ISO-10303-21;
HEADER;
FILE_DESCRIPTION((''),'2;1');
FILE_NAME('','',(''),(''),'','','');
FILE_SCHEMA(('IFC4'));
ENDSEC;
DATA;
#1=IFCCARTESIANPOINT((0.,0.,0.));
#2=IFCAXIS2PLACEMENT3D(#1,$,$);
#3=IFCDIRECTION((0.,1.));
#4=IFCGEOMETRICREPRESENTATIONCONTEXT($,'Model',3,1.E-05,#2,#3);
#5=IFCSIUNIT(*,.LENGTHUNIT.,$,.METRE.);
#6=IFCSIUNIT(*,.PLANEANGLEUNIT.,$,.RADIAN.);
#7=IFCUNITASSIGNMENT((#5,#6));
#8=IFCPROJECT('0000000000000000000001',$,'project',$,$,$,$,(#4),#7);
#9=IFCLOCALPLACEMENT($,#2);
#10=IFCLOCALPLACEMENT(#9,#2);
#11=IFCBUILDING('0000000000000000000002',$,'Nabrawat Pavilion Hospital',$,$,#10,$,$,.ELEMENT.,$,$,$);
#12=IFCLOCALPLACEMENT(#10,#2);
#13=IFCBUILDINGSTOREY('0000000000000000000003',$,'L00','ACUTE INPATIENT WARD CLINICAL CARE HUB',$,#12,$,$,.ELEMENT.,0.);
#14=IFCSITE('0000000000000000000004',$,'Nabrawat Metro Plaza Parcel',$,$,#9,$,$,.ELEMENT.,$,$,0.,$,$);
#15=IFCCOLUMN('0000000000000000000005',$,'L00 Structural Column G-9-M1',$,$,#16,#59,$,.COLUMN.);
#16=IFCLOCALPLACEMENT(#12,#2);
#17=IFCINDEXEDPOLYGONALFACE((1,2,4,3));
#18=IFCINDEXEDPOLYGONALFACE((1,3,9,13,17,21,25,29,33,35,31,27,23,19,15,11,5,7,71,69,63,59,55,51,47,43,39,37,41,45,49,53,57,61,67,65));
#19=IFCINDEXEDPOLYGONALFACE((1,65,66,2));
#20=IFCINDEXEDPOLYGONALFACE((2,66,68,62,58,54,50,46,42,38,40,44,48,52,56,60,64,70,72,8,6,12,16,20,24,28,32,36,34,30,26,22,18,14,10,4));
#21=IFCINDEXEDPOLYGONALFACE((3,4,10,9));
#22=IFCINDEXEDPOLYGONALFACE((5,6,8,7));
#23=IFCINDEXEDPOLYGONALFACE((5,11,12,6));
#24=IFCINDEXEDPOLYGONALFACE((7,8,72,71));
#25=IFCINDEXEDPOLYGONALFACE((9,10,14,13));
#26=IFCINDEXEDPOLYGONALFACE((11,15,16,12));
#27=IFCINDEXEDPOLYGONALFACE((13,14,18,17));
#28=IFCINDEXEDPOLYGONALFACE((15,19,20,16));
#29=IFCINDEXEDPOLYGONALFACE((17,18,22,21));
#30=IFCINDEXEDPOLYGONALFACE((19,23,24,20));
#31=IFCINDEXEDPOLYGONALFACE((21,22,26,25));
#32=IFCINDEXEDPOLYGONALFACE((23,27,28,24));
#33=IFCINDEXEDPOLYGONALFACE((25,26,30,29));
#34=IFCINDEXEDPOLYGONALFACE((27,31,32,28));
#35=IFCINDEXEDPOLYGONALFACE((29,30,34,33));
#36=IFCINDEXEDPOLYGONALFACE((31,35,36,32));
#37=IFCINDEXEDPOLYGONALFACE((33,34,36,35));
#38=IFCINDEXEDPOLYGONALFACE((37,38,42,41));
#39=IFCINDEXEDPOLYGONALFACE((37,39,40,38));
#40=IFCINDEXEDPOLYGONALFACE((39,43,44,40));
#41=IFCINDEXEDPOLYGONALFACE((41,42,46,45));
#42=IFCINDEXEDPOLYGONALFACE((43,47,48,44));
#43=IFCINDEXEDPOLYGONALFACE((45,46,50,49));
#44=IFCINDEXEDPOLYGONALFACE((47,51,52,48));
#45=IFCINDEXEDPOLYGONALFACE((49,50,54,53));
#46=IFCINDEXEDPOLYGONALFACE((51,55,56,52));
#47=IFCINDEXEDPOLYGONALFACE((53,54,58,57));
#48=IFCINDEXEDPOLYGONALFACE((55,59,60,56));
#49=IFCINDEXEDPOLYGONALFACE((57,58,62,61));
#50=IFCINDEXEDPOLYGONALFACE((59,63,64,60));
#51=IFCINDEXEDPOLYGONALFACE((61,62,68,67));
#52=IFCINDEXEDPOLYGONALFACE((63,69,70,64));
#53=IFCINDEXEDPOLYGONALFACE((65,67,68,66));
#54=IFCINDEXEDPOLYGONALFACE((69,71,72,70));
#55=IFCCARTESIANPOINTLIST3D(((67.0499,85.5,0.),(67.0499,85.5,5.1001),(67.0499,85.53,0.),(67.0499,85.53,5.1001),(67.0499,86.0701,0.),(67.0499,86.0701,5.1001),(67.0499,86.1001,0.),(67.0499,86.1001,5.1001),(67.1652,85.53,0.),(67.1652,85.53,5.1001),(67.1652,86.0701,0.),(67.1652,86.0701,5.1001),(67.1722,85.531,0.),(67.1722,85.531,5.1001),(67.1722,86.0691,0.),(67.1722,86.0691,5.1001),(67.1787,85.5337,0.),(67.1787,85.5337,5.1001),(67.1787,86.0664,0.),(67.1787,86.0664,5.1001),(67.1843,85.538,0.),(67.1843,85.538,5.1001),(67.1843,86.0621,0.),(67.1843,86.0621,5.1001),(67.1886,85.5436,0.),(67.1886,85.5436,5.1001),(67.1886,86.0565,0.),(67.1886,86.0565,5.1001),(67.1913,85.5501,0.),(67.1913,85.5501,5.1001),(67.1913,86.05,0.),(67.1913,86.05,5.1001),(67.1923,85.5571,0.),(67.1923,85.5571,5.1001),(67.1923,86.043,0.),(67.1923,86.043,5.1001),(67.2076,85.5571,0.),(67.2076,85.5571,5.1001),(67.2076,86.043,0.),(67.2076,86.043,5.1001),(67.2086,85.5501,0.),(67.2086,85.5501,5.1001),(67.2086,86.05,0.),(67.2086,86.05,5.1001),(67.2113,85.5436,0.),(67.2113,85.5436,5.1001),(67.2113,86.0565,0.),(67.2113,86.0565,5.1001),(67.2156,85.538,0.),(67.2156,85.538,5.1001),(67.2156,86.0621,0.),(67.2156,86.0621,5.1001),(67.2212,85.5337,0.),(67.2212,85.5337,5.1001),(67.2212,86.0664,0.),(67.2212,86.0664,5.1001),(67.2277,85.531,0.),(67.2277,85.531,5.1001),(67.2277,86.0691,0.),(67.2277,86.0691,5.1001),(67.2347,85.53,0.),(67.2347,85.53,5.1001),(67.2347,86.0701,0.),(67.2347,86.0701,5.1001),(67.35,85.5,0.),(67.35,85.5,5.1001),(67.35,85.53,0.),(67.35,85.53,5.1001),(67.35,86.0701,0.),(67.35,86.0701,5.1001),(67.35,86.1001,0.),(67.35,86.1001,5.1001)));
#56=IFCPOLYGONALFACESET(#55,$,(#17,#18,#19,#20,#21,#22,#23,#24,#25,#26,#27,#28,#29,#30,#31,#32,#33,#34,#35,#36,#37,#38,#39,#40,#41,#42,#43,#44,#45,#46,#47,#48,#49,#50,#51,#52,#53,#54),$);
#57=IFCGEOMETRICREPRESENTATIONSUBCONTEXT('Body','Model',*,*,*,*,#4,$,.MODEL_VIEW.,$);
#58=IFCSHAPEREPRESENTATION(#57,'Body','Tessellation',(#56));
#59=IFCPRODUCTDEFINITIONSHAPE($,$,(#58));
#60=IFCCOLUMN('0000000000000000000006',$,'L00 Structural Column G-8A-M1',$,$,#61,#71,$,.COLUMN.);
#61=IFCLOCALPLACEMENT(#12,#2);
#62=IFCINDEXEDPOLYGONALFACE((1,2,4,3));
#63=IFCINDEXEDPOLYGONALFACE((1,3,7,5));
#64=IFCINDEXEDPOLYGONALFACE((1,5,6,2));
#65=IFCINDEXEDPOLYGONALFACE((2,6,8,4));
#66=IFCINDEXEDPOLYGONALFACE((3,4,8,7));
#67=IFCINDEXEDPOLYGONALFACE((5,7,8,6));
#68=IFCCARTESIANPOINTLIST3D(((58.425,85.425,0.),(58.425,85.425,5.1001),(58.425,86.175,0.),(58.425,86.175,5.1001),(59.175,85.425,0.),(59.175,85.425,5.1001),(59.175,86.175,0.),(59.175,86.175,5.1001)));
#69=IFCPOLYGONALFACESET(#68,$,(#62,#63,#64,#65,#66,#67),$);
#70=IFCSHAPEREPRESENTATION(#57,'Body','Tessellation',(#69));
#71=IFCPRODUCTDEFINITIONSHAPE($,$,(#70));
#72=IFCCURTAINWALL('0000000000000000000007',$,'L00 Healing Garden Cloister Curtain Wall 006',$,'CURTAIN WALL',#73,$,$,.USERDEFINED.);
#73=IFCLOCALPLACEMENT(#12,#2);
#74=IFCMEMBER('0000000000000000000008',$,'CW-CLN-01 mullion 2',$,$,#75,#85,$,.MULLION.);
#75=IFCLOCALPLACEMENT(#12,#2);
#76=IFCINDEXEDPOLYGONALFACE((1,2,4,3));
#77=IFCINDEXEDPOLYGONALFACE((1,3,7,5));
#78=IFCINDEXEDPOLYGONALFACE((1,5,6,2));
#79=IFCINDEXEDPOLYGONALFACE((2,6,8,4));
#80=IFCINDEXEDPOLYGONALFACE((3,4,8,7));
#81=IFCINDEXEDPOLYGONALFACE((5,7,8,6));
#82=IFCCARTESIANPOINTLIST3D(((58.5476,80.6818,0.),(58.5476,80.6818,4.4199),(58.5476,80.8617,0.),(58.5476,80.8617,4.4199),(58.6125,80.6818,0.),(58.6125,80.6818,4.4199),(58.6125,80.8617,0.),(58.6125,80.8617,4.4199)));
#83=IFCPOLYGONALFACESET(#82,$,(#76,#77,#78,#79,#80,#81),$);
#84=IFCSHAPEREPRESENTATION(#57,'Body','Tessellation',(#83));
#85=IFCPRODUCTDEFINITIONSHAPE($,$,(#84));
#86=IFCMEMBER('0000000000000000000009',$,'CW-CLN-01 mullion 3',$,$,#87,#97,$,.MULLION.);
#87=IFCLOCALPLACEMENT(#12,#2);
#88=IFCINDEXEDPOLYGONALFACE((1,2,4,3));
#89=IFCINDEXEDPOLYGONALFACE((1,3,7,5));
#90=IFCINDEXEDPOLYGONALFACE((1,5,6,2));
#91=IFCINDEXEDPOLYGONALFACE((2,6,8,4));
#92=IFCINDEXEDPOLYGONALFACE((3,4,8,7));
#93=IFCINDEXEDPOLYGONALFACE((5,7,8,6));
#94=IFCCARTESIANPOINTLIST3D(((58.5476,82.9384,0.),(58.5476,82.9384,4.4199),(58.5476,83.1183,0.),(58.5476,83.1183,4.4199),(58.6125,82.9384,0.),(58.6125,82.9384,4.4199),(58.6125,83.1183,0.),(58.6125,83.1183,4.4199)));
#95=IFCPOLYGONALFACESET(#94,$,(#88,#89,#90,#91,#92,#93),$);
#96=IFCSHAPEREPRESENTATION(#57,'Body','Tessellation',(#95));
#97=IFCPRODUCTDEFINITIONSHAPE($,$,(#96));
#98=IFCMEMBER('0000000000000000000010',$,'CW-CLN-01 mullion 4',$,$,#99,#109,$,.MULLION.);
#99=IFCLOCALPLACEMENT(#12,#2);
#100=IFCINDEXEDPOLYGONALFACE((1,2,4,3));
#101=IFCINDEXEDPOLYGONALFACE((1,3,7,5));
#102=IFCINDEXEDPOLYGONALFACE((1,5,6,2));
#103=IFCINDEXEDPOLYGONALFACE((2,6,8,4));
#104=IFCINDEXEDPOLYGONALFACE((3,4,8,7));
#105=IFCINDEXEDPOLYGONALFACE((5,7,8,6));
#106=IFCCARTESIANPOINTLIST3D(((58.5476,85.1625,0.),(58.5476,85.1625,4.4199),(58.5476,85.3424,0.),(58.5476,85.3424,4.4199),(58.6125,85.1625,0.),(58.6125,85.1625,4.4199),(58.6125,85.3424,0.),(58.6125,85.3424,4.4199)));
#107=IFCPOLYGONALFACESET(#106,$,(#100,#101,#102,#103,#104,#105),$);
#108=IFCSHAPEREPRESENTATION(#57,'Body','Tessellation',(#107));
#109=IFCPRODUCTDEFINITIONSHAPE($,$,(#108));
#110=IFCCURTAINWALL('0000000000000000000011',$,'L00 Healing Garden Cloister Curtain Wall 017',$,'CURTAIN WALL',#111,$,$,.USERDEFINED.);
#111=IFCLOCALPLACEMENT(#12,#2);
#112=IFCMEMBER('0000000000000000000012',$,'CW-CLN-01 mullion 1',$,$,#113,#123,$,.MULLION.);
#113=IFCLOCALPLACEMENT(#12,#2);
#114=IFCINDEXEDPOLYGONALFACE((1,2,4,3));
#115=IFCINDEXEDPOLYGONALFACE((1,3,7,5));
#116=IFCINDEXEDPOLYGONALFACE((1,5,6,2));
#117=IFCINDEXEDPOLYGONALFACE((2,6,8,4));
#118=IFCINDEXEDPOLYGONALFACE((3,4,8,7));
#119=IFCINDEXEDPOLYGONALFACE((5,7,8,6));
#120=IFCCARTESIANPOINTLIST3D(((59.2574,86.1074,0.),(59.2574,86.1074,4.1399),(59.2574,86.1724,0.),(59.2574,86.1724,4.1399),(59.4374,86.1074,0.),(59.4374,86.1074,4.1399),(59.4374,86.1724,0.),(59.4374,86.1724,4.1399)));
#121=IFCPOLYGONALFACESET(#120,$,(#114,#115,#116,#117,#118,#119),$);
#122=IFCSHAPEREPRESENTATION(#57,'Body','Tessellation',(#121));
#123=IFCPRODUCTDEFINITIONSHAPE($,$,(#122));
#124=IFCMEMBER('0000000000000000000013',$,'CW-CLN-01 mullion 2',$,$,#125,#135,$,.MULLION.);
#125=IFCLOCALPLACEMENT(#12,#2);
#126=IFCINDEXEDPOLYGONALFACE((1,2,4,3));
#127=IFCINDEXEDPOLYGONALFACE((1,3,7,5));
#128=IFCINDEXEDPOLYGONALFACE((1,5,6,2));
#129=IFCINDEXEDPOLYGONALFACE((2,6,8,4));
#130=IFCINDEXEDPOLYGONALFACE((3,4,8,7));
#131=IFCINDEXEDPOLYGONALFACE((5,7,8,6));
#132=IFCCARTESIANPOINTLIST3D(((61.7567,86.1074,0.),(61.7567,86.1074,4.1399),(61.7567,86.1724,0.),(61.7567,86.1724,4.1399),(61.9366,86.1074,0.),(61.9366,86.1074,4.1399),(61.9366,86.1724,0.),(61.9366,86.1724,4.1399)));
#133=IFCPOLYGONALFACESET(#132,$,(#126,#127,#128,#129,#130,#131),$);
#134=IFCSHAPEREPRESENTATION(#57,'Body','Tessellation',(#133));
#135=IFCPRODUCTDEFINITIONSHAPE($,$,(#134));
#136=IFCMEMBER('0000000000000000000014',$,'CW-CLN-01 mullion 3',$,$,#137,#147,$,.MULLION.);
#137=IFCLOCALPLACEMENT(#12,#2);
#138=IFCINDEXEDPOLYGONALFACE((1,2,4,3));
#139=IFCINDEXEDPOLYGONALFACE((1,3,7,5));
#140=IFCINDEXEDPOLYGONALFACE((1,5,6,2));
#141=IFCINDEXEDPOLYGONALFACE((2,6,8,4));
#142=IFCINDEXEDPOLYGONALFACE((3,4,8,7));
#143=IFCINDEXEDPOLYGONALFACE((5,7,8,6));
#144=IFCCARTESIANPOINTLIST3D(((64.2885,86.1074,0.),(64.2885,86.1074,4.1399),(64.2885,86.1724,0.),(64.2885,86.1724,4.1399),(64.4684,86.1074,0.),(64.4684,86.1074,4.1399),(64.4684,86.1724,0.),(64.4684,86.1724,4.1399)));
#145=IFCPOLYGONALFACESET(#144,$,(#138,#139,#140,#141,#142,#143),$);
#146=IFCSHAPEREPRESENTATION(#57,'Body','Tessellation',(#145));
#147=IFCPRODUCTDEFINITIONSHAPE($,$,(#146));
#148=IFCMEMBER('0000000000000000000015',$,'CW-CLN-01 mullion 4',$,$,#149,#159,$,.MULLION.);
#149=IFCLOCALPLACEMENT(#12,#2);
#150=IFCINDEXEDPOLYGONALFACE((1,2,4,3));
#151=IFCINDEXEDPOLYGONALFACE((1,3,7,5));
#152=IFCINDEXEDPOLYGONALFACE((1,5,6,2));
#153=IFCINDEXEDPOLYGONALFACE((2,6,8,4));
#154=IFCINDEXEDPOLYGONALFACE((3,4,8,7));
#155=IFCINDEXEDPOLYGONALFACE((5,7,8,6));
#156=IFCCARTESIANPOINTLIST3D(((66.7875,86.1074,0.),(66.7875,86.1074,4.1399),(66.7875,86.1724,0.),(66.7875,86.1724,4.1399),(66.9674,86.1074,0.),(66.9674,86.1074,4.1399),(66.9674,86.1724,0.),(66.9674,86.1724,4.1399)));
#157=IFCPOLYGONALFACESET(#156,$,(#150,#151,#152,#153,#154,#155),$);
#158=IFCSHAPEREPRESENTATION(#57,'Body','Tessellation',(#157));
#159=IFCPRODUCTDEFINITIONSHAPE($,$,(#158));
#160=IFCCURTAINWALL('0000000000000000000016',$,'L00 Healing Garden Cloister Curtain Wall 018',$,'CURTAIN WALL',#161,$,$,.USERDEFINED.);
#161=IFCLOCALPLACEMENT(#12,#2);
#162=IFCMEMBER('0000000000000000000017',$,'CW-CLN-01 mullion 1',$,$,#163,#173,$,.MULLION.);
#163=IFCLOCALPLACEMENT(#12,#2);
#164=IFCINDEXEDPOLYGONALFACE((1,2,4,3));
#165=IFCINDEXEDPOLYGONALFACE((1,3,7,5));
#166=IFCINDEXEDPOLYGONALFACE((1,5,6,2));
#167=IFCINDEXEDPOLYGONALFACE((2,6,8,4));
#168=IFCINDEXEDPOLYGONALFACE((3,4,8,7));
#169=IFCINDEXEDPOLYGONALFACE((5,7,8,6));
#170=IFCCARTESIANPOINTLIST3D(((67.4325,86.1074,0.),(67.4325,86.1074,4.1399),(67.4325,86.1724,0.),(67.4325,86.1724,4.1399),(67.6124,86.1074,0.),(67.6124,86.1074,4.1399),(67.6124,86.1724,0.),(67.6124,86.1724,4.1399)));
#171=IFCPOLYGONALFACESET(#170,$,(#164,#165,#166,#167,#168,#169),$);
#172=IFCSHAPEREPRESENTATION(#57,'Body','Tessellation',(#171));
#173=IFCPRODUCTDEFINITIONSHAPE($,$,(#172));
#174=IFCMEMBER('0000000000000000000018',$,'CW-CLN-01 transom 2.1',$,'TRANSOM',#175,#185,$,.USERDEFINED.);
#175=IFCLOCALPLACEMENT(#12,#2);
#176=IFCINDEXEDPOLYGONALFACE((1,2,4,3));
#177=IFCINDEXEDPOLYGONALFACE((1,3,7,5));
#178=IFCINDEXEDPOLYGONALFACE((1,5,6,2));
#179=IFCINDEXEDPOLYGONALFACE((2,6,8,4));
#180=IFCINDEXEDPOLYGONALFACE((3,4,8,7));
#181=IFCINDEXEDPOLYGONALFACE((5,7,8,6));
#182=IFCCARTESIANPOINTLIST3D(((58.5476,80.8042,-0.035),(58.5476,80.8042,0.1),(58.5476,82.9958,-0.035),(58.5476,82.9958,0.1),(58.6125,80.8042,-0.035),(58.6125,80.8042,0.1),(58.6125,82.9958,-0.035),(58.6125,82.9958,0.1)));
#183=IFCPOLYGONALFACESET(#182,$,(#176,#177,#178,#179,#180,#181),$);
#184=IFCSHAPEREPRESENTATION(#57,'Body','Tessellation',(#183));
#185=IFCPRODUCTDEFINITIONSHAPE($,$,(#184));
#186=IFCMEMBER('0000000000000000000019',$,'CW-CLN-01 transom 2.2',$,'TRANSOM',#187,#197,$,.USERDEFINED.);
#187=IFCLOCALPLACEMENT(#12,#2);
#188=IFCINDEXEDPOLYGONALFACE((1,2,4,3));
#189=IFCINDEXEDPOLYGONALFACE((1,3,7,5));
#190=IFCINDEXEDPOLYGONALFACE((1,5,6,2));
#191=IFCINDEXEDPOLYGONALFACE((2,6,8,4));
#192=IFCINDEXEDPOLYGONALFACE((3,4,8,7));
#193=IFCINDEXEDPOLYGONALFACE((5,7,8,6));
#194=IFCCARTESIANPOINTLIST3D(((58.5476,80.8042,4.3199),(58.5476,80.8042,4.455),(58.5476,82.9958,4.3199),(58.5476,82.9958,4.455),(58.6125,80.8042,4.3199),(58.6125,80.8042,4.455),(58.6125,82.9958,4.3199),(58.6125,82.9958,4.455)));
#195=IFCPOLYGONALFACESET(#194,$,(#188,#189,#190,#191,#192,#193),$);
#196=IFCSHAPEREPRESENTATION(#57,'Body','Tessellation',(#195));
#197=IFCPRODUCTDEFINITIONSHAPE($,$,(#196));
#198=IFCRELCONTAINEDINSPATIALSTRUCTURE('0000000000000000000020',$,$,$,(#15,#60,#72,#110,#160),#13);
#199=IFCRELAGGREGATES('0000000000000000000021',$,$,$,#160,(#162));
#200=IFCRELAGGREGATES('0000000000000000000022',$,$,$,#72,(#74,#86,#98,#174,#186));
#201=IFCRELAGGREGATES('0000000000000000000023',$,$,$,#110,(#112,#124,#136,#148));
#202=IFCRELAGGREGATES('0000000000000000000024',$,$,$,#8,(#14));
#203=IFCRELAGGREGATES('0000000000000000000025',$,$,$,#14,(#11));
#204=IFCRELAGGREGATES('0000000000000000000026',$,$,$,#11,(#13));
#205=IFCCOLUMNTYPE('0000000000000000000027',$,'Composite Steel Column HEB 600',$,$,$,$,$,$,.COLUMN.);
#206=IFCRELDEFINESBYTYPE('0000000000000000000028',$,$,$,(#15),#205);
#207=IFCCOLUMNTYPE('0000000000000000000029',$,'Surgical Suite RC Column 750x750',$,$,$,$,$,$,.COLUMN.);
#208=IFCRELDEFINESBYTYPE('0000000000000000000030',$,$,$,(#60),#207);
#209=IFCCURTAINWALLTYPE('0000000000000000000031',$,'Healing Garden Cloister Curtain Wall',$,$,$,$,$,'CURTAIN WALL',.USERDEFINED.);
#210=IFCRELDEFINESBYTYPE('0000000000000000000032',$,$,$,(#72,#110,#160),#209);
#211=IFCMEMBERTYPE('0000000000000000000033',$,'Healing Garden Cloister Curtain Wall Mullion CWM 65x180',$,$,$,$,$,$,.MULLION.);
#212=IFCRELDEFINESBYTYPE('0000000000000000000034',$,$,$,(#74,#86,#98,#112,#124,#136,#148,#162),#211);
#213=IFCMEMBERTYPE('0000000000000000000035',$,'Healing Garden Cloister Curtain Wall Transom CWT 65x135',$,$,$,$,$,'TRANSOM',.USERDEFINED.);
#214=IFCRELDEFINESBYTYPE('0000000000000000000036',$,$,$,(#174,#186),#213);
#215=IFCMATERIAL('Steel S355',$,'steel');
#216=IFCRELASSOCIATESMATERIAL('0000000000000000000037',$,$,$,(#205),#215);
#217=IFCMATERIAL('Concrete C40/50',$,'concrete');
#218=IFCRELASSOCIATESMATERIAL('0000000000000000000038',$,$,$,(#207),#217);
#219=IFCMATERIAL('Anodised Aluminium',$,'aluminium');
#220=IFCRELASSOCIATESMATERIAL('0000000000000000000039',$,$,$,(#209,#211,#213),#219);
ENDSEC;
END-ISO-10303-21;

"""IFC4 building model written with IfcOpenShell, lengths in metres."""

from ifc_helpers import new_model, si_unit, direction, frame, origin, origin_2d, place, context, subcontext, project, spatial, rectangle, i_section, extrude, material, material_profile, profile_set, type_object, element, aggregate, save


model = new_model("IFC4")

# Units and contexts
model_context = context("Model", 3, precision=1e-05, world=origin(), true_north=direction((0.0, 1.0)))
body_context = subcontext(model_context, "Body", "Model", "MODEL_VIEW")
ifc_project = project(units=[si_unit("LENGTHUNIT", "METRE"), si_unit("PLANEANGLEUNIT", "RADIAN")], contexts=[model_context])

# Site, building, storey
site_placement = place(None, origin())
site = spatial("IfcSite", under=ifc_project, at=site_placement, Name="Nabrawat Metro Plaza Parcel", CompositionType="ELEMENT", RefElevation=0.0)
building_placement = place(site_placement, origin())
building = spatial("IfcBuilding", under=site, at=building_placement, Name="Nabrawat Pavilion Hospital", CompositionType="ELEMENT")
storey_placement = place(building_placement, origin())
storey = spatial("IfcBuildingStorey", under=building, at=storey_placement, Name="L00", Description="ACUTE INPATIENT WARD CLINICAL CARE HUB", CompositionType="ELEMENT", Elevation=0.0)

# Columns
ifc_material_1 = material(Name="Steel S355", Category="steel")
ifc_material_profile_1 = material_profile(ifc_material_1, i_section(OverallWidth=0.3, OverallDepth=0.6001, WebThickness=0.0154, FlangeThickness=0.03, FilletRadius=0.0271, at=origin_2d()), Name="HEB 600")
ifc_profile_set_1 = profile_set([ifc_material_profile_1], Name="Steel S355")
column_type_1 = type_object("IfcColumnType", Name="Composite Steel Column HEB 600", PredefinedType="COLUMN", material=ifc_profile_set_1)
column_1_placement = place(storey_placement, frame((67.2, 85.8, 0.0), z_axis=(0.0, 0.0, 1.0), x_axis=(1.0, 0.0, 0.0)))
element("IfcColumn", 1, at=column_1_placement, inside=storey, type_object=column_type_1, Name="L00 Structural Column G-9-M1", PredefinedType="COLUMN", context=body_context, shape_type="SweptSolid", body=[
    extrude(i_section(OverallWidth=0.3, OverallDepth=0.6001, WebThickness=0.0154, FlangeThickness=0.03, FilletRadius=0.0271, at=origin_2d()), origin(), (0.0, 0.0, 1.0), 5.1001),
])
ifc_material_2 = material(Name="Concrete C40/50", Category="concrete")
ifc_material_profile_2 = material_profile(ifc_material_2, rectangle(XDim=0.75, YDim=0.75, at=origin_2d()), Name="RC 750x750")
ifc_profile_set_2 = profile_set([ifc_material_profile_2], Name="Concrete C40/50")
column_type_2 = type_object("IfcColumnType", Name="Surgical Suite RC Column 750x750", PredefinedType="COLUMN", material=ifc_profile_set_2)
column_2_placement = place(storey_placement, frame((58.8, 85.8, 0.0), z_axis=(0.0, 0.0, 1.0), x_axis=(1.0, 0.0, 0.0)))
element("IfcColumn", 2, at=column_2_placement, inside=storey, type_object=column_type_2, Name="L00 Structural Column G-8A-M1", PredefinedType="COLUMN", context=body_context, shape_type="SweptSolid", body=[
    extrude(rectangle(XDim=0.75, YDim=0.75, at=origin_2d()), origin(), (0.0, 0.0, 1.0), 5.1001),
])

# Curtain walls, members
ifc_material_3 = material(Name="Anodised Aluminium", Category="aluminium")
curtain_wall_type = type_object("IfcCurtainWallType", Name="Healing Garden Cloister Curtain Wall", ElementType="CURTAIN WALL", PredefinedType="USERDEFINED", material=ifc_material_3)
curtain_wall_1_placement = place(storey_placement, origin())
curtain_wall_1 = element("IfcCurtainWall", 3, at=curtain_wall_1_placement, inside=storey, type_object=curtain_wall_type, Name="L00 Healing Garden Cloister Curtain Wall 006", ObjectType="CURTAIN WALL", PredefinedType="USERDEFINED")
ifc_material_profile_3 = material_profile(ifc_material_3, rectangle(XDim=0.0649, YDim=0.1799, at=origin_2d()), Name="CWM 65x180")
ifc_profile_set_3 = profile_set([ifc_material_profile_3], Name="Anodised Aluminium")
member_type_1 = type_object("IfcMemberType", Name="Healing Garden Cloister Curtain Wall Mullion CWM 65x180", PredefinedType="MULLION", material=ifc_profile_set_3)
member_1_placement = place(storey_placement, frame((58.5801, 80.7717, 0.0), z_axis=(0.0, 0.0, 1.0), x_axis=(-1.0, 0.0, 0.0)))
member_1 = element("IfcMember", 4, at=member_1_placement, type_object=member_type_1, Name="CW-CLN-01 mullion 2", PredefinedType="MULLION", context=body_context, shape_type="SweptSolid", body=[
    extrude(rectangle(XDim=0.0649, YDim=0.1799, at=origin_2d()), origin(), (0.0, 0.0, 1.0), 4.4199),
])
member_2_placement = place(storey_placement, frame((58.5801, 83.0283, 0.0), z_axis=(0.0, 0.0, 1.0), x_axis=(-1.0, 0.0, 0.0)))
member_2 = element("IfcMember", 5, at=member_2_placement, type_object=member_type_1, Name="CW-CLN-01 mullion 3", PredefinedType="MULLION", context=body_context, shape_type="SweptSolid", body=[
    extrude(rectangle(XDim=0.0649, YDim=0.1799, at=origin_2d()), origin(), (0.0, 0.0, 1.0), 4.4199),
])
member_3_placement = place(storey_placement, frame((58.5801, 85.2524, 0.0), z_axis=(0.0, 0.0, 1.0), x_axis=(-1.0, 0.0, 0.0)))
member_3 = element("IfcMember", 6, at=member_3_placement, type_object=member_type_1, Name="CW-CLN-01 mullion 4", PredefinedType="MULLION", context=body_context, shape_type="SweptSolid", body=[
    extrude(rectangle(XDim=0.0649, YDim=0.1799, at=origin_2d()), origin(), (0.0, 0.0, 1.0), 4.4199),
])
curtain_wall_2_placement = place(storey_placement, origin())
curtain_wall_2 = element("IfcCurtainWall", 7, at=curtain_wall_2_placement, inside=storey, type_object=curtain_wall_type, Name="L00 Healing Garden Cloister Curtain Wall 017", ObjectType="CURTAIN WALL", PredefinedType="USERDEFINED")
member_4_placement = place(storey_placement, frame((59.3474, 86.1399, 0.0), z_axis=(0.0, 0.0, 1.0), x_axis=(0.0, 1.0, 0.0)))
member_4 = element("IfcMember", 8, at=member_4_placement, type_object=member_type_1, Name="CW-CLN-01 mullion 1", PredefinedType="MULLION", context=body_context, shape_type="SweptSolid", body=[
    extrude(rectangle(XDim=0.0649, YDim=0.1799, at=origin_2d()), origin(), (0.0, 0.0, 1.0), 4.1399),
])
member_5_placement = place(storey_placement, frame((61.8467, 86.1399, 0.0), z_axis=(0.0, 0.0, 1.0), x_axis=(0.0, 1.0, 0.0)))
member_5 = element("IfcMember", 9, at=member_5_placement, type_object=member_type_1, Name="CW-CLN-01 mullion 2", PredefinedType="MULLION", context=body_context, shape_type="SweptSolid", body=[
    extrude(rectangle(XDim=0.0649, YDim=0.1799, at=origin_2d()), origin(), (0.0, 0.0, 1.0), 4.1399),
])
member_6_placement = place(storey_placement, frame((64.3784, 86.1399, 0.0), z_axis=(0.0, 0.0, 1.0), x_axis=(0.0, 1.0, 0.0)))
member_6 = element("IfcMember", 10, at=member_6_placement, type_object=member_type_1, Name="CW-CLN-01 mullion 3", PredefinedType="MULLION", context=body_context, shape_type="SweptSolid", body=[
    extrude(rectangle(XDim=0.0649, YDim=0.1799, at=origin_2d()), origin(), (0.0, 0.0, 1.0), 4.1399),
])
member_7_placement = place(storey_placement, frame((66.8774, 86.1399, 0.0), z_axis=(0.0, 0.0, 1.0), x_axis=(0.0, 1.0, 0.0)))
member_7 = element("IfcMember", 11, at=member_7_placement, type_object=member_type_1, Name="CW-CLN-01 mullion 4", PredefinedType="MULLION", context=body_context, shape_type="SweptSolid", body=[
    extrude(rectangle(XDim=0.0649, YDim=0.1799, at=origin_2d()), origin(), (0.0, 0.0, 1.0), 4.1399),
])

# Curtain wall, member
curtain_wall_3_placement = place(storey_placement, origin())
curtain_wall_3 = element("IfcCurtainWall", 12, at=curtain_wall_3_placement, inside=storey, type_object=curtain_wall_type, Name="L00 Healing Garden Cloister Curtain Wall 018", ObjectType="CURTAIN WALL", PredefinedType="USERDEFINED")
member_8_placement = place(storey_placement, frame((67.5225, 86.1399, 0.0), z_axis=(0.0, 0.0, 1.0), x_axis=(0.0, 1.0, 0.0)))
member_8 = element("IfcMember", 13, at=member_8_placement, type_object=member_type_1, Name="CW-CLN-01 mullion 1", PredefinedType="MULLION", context=body_context, shape_type="SweptSolid", body=[
    extrude(rectangle(XDim=0.0649, YDim=0.1799, at=origin_2d()), origin(), (0.0, 0.0, 1.0), 4.1399),
])
aggregate(curtain_wall_3, [member_8])

# Members
ifc_material_profile_4 = material_profile(ifc_material_3, rectangle(XDim=0.0649, YDim=0.135, at=origin_2d()), Name="CWT 65x135")
ifc_profile_set_4 = profile_set([ifc_material_profile_4], Name="Anodised Aluminium")
member_type_2 = type_object("IfcMemberType", Name="Healing Garden Cloister Curtain Wall Transom CWT 65x135", ElementType="TRANSOM", PredefinedType="USERDEFINED", material=ifc_profile_set_4)
member_9_placement = place(storey_placement, frame((58.5801, 80.8042, 0.0325), z_axis=(0.0, 1.0, 0.0), x_axis=(-1.0, 0.0, 0.0)))
member_9 = element("IfcMember", 14, at=member_9_placement, type_object=member_type_2, Name="CW-CLN-01 transom 2.1", ObjectType="TRANSOM", PredefinedType="USERDEFINED", context=body_context, shape_type="SweptSolid", body=[
    extrude(rectangle(XDim=0.0649, YDim=0.135, at=origin_2d()), origin(), (0.0, 0.0, 1.0), 2.1917),
])
member_10_placement = place(storey_placement, frame((58.5801, 80.8042, 4.3875), z_axis=(0.0, 1.0, 0.0), x_axis=(-1.0, 0.0, 0.0)))
member_10 = element("IfcMember", 15, at=member_10_placement, type_object=member_type_2, Name="CW-CLN-01 transom 2.2", ObjectType="TRANSOM", PredefinedType="USERDEFINED", context=body_context, shape_type="SweptSolid", body=[
    extrude(rectangle(XDim=0.0649, YDim=0.135, at=origin_2d()), origin(), (0.0, 0.0, 1.0), 2.1917),
])

aggregate(curtain_wall_1, [member_1, member_2, member_3, member_9, member_10])
aggregate(curtain_wall_2, [member_4, member_5, member_6, member_7])

save(model, "model.ifc")
